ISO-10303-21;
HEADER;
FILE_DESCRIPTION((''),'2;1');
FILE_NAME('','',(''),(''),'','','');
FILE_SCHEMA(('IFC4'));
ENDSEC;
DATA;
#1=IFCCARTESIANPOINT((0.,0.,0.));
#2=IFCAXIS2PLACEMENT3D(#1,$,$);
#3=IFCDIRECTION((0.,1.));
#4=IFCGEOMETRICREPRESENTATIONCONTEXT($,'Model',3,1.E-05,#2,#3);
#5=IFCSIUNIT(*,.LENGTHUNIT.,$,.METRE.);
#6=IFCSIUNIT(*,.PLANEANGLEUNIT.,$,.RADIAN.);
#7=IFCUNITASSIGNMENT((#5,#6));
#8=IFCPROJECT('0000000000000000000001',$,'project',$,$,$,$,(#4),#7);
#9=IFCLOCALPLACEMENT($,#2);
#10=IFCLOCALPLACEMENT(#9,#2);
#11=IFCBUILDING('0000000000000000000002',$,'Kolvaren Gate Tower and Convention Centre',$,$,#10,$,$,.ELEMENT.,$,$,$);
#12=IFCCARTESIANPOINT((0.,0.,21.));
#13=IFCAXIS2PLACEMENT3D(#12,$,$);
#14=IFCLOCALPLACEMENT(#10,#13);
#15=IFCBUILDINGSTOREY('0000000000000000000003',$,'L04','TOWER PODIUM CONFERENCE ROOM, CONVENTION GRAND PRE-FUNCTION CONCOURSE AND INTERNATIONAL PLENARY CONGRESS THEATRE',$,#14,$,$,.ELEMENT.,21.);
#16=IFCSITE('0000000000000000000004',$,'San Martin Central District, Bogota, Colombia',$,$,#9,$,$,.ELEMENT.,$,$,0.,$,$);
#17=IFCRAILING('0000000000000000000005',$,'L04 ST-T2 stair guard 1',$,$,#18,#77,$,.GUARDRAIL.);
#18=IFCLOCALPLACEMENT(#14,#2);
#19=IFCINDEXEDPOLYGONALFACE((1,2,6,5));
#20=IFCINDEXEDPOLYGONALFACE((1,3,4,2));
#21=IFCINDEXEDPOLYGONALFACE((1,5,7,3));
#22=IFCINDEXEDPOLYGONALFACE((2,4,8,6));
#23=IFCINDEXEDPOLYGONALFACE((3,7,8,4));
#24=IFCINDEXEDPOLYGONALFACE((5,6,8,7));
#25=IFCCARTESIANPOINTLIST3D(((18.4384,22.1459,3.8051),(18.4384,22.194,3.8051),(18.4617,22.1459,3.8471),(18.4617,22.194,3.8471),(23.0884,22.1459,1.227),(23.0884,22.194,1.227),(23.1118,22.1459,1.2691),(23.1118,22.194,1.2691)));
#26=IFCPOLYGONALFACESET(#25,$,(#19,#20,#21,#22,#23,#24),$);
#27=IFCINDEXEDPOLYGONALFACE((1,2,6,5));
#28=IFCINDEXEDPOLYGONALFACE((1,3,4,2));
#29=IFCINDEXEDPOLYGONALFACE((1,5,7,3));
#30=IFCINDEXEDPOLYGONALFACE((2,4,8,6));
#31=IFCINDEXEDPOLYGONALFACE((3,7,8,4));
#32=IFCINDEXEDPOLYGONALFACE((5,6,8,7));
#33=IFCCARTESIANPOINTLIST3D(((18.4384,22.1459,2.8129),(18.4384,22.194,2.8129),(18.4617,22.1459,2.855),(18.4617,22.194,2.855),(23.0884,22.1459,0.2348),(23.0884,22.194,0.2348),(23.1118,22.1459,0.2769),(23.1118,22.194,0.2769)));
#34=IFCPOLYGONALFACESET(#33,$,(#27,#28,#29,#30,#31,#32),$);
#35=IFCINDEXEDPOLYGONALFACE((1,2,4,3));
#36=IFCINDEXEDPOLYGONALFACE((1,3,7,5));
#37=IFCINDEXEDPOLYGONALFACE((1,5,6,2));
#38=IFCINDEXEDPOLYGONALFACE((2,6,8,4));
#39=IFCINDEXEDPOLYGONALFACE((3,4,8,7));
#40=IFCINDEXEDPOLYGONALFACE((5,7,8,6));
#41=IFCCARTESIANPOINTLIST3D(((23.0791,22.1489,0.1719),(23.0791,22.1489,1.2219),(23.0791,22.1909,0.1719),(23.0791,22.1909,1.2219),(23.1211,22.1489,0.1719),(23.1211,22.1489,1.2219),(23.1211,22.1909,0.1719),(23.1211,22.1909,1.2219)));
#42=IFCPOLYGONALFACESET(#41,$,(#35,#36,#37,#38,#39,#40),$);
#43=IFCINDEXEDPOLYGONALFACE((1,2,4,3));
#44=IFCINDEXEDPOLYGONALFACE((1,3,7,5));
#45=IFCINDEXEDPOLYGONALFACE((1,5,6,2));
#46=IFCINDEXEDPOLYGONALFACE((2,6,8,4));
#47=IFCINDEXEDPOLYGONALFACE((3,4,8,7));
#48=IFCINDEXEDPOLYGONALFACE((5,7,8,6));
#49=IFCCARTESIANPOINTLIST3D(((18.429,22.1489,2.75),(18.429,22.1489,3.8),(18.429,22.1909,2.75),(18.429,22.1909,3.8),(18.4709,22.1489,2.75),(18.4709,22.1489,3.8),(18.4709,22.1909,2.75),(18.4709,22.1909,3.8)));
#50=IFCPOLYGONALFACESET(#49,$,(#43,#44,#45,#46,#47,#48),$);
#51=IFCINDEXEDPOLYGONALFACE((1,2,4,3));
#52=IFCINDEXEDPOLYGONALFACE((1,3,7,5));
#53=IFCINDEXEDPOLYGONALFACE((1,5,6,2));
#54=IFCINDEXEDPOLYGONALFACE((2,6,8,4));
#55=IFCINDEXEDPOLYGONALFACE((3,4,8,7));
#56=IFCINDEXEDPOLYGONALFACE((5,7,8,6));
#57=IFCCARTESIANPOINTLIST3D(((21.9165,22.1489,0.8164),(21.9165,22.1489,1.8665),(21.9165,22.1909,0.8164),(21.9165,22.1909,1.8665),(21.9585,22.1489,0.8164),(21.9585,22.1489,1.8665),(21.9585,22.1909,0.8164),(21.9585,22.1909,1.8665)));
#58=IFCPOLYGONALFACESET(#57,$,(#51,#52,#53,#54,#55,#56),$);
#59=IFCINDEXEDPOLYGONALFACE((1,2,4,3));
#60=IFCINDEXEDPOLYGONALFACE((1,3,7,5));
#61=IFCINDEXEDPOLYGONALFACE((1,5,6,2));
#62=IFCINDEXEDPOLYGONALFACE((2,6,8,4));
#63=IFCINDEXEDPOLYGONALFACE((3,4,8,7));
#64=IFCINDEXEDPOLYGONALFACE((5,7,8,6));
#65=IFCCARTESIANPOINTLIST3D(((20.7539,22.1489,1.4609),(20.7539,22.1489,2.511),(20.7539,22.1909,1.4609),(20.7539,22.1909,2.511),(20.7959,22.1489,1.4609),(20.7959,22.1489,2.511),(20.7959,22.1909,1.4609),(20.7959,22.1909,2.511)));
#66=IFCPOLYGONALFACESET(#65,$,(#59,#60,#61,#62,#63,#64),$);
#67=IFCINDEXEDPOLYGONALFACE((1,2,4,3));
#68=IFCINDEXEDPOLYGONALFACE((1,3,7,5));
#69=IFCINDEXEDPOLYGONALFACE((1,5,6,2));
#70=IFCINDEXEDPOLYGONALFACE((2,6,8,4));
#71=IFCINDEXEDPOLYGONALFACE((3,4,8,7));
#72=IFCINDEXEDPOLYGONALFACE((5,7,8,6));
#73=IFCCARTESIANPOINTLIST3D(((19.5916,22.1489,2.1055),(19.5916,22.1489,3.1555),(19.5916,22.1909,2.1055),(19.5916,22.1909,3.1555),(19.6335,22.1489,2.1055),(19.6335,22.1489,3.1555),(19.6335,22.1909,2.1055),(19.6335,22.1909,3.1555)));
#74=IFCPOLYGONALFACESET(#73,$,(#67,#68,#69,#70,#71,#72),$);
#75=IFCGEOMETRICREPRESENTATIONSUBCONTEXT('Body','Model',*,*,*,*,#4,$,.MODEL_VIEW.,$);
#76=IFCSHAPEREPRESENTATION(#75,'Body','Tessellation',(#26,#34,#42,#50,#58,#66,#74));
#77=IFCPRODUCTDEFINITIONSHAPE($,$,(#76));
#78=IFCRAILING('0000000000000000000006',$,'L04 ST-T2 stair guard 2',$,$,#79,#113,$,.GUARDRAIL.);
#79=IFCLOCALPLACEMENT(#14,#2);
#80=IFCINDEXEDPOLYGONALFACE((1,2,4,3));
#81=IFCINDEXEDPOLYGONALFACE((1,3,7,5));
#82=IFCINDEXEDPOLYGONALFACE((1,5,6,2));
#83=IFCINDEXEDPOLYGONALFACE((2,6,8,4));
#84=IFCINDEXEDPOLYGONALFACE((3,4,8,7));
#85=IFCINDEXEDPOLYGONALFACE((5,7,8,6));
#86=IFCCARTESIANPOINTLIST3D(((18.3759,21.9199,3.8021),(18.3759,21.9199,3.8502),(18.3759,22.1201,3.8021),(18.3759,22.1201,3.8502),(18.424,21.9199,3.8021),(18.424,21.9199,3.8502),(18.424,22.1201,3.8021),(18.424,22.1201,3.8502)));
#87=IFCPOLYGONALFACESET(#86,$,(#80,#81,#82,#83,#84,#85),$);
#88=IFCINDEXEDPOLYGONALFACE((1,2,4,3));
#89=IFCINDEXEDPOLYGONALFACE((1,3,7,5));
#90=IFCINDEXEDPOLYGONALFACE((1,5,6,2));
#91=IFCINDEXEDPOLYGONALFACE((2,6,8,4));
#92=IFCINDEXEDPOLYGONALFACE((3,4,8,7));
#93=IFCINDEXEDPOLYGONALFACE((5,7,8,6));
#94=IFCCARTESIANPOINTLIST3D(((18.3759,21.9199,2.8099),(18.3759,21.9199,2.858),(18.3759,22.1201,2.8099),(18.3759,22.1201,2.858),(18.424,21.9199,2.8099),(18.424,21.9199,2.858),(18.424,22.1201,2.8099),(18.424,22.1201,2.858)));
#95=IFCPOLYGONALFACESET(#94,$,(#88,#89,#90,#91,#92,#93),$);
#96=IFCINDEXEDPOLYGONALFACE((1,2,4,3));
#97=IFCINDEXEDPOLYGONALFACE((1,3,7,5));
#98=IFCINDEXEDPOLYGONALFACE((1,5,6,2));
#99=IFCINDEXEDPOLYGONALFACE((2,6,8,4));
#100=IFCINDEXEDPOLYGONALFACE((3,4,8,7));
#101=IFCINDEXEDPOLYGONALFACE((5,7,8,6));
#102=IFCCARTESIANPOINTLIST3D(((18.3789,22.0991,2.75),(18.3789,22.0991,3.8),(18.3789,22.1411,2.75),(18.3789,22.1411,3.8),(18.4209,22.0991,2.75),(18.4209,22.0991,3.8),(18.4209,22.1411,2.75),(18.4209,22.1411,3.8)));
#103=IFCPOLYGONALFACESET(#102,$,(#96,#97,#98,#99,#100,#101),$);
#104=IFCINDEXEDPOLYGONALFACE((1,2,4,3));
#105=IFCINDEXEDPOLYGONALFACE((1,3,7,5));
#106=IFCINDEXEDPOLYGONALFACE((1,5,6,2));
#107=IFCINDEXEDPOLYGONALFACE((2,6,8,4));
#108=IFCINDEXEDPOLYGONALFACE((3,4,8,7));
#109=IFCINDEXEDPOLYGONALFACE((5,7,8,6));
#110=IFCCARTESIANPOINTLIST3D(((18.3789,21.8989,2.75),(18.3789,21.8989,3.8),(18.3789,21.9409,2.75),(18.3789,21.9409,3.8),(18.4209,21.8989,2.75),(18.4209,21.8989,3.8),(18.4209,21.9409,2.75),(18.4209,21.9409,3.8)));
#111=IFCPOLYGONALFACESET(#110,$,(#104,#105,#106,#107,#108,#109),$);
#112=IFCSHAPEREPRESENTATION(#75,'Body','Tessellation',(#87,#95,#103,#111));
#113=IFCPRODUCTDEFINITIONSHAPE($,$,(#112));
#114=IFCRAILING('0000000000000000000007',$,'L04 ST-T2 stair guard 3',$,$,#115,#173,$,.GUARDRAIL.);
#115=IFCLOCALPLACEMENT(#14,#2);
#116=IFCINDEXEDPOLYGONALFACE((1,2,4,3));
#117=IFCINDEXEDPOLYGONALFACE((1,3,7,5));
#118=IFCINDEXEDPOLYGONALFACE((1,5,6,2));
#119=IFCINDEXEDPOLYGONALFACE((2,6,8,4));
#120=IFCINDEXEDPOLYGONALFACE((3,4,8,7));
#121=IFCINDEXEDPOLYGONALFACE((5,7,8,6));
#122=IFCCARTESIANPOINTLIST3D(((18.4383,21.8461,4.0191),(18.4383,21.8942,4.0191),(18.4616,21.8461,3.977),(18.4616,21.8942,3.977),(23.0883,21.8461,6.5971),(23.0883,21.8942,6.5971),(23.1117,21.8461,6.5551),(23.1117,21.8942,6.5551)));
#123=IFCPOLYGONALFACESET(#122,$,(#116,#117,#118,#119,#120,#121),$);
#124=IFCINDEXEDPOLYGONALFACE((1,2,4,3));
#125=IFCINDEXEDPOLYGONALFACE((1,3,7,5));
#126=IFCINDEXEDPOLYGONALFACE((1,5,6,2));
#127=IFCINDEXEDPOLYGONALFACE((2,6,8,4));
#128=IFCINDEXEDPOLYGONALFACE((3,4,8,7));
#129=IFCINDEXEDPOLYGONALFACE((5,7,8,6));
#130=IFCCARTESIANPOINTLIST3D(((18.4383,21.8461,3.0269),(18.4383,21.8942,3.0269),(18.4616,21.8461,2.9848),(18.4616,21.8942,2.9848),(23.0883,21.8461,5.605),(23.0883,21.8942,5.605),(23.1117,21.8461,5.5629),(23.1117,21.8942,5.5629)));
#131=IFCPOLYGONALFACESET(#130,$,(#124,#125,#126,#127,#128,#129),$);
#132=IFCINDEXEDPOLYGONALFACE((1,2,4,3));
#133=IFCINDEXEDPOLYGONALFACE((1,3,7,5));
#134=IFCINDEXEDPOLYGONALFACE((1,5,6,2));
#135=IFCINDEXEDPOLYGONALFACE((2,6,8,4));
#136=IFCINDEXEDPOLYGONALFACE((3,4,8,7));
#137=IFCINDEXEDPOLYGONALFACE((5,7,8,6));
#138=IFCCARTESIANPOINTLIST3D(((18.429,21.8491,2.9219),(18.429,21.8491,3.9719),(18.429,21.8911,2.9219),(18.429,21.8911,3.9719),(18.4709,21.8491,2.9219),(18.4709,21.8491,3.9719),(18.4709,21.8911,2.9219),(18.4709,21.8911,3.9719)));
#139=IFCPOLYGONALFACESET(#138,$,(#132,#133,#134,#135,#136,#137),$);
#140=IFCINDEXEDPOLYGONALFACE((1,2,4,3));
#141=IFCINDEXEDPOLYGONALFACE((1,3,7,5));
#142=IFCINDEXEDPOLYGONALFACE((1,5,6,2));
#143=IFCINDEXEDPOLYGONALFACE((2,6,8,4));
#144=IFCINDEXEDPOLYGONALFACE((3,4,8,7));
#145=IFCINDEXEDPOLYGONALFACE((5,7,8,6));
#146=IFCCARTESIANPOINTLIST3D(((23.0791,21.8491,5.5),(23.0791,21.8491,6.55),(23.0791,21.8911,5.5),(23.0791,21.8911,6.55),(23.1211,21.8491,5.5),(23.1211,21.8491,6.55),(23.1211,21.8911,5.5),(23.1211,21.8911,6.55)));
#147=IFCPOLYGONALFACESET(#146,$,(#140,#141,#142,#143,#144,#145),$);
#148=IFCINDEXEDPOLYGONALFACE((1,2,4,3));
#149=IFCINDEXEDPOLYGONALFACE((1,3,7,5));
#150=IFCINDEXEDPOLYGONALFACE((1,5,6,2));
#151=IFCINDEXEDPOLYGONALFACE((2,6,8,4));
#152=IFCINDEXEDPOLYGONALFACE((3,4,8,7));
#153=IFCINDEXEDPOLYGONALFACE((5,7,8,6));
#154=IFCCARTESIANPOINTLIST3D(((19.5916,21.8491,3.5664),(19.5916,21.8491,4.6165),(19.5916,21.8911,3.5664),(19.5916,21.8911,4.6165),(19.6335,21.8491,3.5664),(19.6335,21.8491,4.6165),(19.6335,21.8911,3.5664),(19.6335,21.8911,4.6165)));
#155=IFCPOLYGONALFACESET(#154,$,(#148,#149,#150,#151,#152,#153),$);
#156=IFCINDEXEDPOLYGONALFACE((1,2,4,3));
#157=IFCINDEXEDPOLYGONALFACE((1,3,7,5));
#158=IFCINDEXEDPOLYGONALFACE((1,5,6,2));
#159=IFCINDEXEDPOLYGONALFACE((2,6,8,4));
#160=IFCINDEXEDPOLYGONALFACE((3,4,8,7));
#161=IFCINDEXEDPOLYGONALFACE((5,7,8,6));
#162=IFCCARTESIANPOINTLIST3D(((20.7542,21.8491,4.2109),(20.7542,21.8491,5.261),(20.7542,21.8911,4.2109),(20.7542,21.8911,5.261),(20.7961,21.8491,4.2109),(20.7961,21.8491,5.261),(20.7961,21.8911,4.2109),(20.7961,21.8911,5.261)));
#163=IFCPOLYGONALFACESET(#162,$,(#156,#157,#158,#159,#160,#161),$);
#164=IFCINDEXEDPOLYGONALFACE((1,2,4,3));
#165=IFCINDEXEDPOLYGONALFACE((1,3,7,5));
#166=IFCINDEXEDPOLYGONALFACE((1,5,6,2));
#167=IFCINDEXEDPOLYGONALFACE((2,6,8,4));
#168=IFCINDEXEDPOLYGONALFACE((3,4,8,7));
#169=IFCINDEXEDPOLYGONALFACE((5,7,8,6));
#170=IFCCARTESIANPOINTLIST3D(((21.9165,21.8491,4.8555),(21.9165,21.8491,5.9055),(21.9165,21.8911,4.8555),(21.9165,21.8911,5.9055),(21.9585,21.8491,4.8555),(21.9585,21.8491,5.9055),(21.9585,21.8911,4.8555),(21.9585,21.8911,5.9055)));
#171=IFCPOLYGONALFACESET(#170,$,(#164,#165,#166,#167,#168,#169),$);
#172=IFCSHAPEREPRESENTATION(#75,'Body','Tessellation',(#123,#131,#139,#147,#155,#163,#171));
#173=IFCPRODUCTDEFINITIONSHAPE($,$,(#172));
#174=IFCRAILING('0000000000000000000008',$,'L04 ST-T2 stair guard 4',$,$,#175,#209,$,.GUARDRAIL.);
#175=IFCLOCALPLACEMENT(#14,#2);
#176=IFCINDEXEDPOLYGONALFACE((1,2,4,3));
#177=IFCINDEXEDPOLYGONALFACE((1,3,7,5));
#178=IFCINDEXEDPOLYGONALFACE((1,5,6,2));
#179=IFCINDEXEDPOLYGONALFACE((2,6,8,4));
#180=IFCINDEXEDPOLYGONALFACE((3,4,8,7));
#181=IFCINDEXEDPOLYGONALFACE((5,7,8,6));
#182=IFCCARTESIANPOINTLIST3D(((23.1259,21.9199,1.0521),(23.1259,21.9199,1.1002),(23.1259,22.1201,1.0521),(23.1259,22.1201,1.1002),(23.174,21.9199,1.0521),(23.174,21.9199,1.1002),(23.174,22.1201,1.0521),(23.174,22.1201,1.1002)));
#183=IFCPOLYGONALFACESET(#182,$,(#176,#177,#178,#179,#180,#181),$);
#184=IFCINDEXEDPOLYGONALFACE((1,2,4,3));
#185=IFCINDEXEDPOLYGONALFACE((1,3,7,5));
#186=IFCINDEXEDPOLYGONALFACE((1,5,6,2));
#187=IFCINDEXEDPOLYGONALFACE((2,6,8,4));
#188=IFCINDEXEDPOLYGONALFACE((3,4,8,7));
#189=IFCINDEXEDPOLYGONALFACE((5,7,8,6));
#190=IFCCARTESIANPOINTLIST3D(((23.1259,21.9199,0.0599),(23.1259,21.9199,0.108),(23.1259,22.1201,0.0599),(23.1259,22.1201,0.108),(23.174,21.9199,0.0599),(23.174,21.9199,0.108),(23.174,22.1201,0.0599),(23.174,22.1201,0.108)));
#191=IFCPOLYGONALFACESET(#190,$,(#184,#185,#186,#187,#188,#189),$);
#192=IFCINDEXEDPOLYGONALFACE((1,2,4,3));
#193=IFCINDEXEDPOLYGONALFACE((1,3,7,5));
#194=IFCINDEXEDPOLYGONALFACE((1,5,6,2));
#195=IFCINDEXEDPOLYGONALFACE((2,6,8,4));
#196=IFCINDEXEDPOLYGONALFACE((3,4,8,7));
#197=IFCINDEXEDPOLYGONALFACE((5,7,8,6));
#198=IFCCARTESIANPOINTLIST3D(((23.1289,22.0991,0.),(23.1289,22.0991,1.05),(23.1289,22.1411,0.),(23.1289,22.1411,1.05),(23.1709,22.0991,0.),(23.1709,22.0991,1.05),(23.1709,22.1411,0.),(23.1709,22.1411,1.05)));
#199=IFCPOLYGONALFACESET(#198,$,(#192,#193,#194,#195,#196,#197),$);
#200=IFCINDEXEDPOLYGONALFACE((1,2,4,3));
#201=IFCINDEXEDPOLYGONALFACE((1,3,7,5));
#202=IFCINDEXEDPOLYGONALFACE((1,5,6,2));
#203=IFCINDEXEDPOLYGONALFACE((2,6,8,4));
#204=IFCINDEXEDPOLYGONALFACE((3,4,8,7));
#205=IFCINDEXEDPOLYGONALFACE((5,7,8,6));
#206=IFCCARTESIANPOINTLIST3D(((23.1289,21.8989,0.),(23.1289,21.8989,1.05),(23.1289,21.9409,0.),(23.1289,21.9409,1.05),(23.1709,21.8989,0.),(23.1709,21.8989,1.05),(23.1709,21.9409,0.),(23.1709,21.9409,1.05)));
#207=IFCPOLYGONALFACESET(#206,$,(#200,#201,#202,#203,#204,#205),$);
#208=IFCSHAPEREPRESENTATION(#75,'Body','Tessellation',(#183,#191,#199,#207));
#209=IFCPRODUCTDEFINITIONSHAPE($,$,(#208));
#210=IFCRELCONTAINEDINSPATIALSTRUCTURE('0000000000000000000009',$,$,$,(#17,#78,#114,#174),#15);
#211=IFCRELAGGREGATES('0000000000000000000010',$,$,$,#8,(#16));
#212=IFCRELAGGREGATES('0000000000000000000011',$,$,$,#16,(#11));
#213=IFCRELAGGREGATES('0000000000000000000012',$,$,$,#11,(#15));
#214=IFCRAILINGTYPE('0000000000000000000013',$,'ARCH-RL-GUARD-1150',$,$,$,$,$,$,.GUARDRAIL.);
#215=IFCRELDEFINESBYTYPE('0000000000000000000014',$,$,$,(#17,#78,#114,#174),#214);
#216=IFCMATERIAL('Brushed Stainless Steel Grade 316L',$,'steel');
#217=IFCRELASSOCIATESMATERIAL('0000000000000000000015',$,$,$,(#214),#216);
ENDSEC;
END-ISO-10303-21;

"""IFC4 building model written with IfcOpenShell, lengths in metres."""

from ifc_helpers import new_model, si_unit, direction, frame, origin, origin_2d, place, context, subcontext, project, spatial, rectangle, extrude, material, type_object, element, save


model = new_model("IFC4")

# Units and contexts
model_context = context("Model", 3, precision=1e-05, world=origin(), true_north=direction((0.0, 1.0)))
body_context = subcontext(model_context, "Body", "Model", "MODEL_VIEW")
ifc_project = project(units=[si_unit("LENGTHUNIT", "METRE"), si_unit("PLANEANGLEUNIT", "RADIAN")], contexts=[model_context])

# Site, building, storey
site_placement = place(None, origin())
site = spatial("IfcSite", under=ifc_project, at=site_placement, Name="San Martin Central District, Bogota, Colombia", CompositionType="ELEMENT", RefElevation=0.0)
building_placement = place(site_placement, origin())
building = spatial("IfcBuilding", under=site, at=building_placement, Name="Kolvaren Gate Tower and Convention Centre", CompositionType="ELEMENT")
storey_placement = place(building_placement, frame((0.0, 0.0, 21.0)))
storey = spatial("IfcBuildingStorey", under=building, at=storey_placement, Name="L04", Description="TOWER PODIUM CONFERENCE ROOM, CONVENTION GRAND PRE-FUNCTION CONCOURSE AND INTERNATIONAL PLENARY CONGRESS THEATRE", CompositionType="ELEMENT", Elevation=21.0)

# Shared definitions
ifc_material_1 = material(Name="Brushed Stainless Steel Grade 316L", Category="steel")

# Railings
railing_type_1 = type_object("IfcRailingType", Name="ARCH-RL-GUARD-1150", PredefinedType="GUARDRAIL", material=ifc_material_1)
railing_1_placement = place(storey_placement, frame((23.1001, 22.1699, 0.1719)))
element("IfcRailing", 1, at=railing_1_placement, inside=storey, type_object=railing_type_1, Name="L04 ST-T2 stair guard 1", PredefinedType="GUARDRAIL", context=body_context, shape_type="SweptSolid", body=[
    extrude(rectangle(XDim=0.0481, YDim=0.0481, at=origin_2d()), frame((0.0, 0.0, 1.0762), z_axis=(-0.874579, 0.0, 0.484883), x_axis=(0.0, -1.0, 0.0)), (0.0, 0.0, 1.0), 5.3169),
    extrude(rectangle(XDim=0.0481, YDim=0.0481, at=origin_2d()), frame((0.0, 0.0, 0.084), z_axis=(-0.874579, 0.0, 0.484883), x_axis=(0.0, -1.0, 0.0)), (0.0, 0.0, 1.0), 5.3169),
    extrude(rectangle(XDim=0.042, YDim=0.042, at=origin_2d()), origin(), (0.0, 0.0, 1.0), 1.05),
    extrude(rectangle(XDim=0.042, YDim=0.042, at=origin_2d()), frame((-4.6501, 0.0, 2.5781)), (0.0, 0.0, 1.0), 1.05),
    extrude(rectangle(XDim=0.042, YDim=0.042, at=origin_2d()), frame((-1.1626, 0.0, 0.6445)), (0.0, 0.0, 1.0), 1.05),
    extrude(rectangle(XDim=0.042, YDim=0.042, at=origin_2d()), frame((-2.3252, 0.0, 1.2891)), (0.0, 0.0, 1.0), 1.05),
    extrude(rectangle(XDim=0.042, YDim=0.042, at=origin_2d()), frame((-3.4875, 0.0, 1.9336)), (0.0, 0.0, 1.0), 1.05),
])
railing_2_placement = place(storey_placement, frame((18.3999, 22.1201, 2.75)))
element("IfcRailing", 2, at=railing_2_placement, inside=storey, type_object=railing_type_1, Name="L04 ST-T2 stair guard 2", PredefinedType="GUARDRAIL", context=body_context, shape_type="SweptSolid", body=[
    extrude(rectangle(XDim=0.0481, YDim=0.0481, at=origin_2d()), frame((0.0, 0.0, 1.0762), z_axis=(0.0, -1.0, 0.0), x_axis=(1.0, 0.0, 0.0)), (0.0, 0.0, 1.0), 0.2002),
    extrude(rectangle(XDim=0.0481, YDim=0.0481, at=origin_2d()), frame((0.0, 0.0, 0.084), z_axis=(0.0, -1.0, 0.0), x_axis=(1.0, 0.0, 0.0)), (0.0, 0.0, 1.0), 0.2002),
    extrude(rectangle(XDim=0.042, YDim=0.042, at=origin_2d()), origin(), (0.0, 0.0, 1.0), 1.05),
    extrude(rectangle(XDim=0.042, YDim=0.042, at=origin_2d()), frame((0.0, -0.2002, 0.0)), (0.0, 0.0, 1.0), 1.05),
])
railing_3_placement = place(storey_placement, frame((18.45, 21.8701, 2.9219)))
element("IfcRailing", 3, at=railing_3_placement, inside=storey, type_object=railing_type_1, Name="L04 ST-T2 stair guard 3", PredefinedType="GUARDRAIL", context=body_context, shape_type="SweptSolid", body=[
    extrude(rectangle(XDim=0.0481, YDim=0.0481, at=origin_2d()), frame((0.0, 0.0, 1.0762), z_axis=(0.874579, 0.0, 0.484883), x_axis=(0.0, 1.0, 0.0)), (0.0, 0.0, 1.0), 5.3169),
    extrude(rectangle(XDim=0.0481, YDim=0.0481, at=origin_2d()), frame((0.0, 0.0, 0.084), z_axis=(0.874579, 0.0, 0.484883), x_axis=(0.0, 1.0, 0.0)), (0.0, 0.0, 1.0), 5.3169),
    extrude(rectangle(XDim=0.042, YDim=0.042, at=origin_2d()), origin(), (0.0, 0.0, 1.0), 1.05),
    extrude(rectangle(XDim=0.042, YDim=0.042, at=origin_2d()), frame((4.6501, 0.0, 2.5781)), (0.0, 0.0, 1.0), 1.05),
    extrude(rectangle(XDim=0.042, YDim=0.042, at=origin_2d()), frame((1.1626, 0.0, 0.6445)), (0.0, 0.0, 1.0), 1.05),
    extrude(rectangle(XDim=0.042, YDim=0.042, at=origin_2d()), frame((2.3252, 0.0, 1.2891)), (0.0, 0.0, 1.0), 1.05),
    extrude(rectangle(XDim=0.042, YDim=0.042, at=origin_2d()), frame((3.4875, 0.0, 1.9336)), (0.0, 0.0, 1.0), 1.05),
])
railing_4_placement = place(storey_placement, frame((23.1499, 22.1201, 0.0)))
element("IfcRailing", 4, at=railing_4_placement, inside=storey, type_object=railing_type_1, Name="L04 ST-T2 stair guard 4", PredefinedType="GUARDRAIL", context=body_context, shape_type="SweptSolid", body=[
    extrude(rectangle(XDim=0.0481, YDim=0.0481, at=origin_2d()), frame((0.0, 0.0, 1.0762), z_axis=(0.0, -1.0, 0.0), x_axis=(1.0, 0.0, 0.0)), (0.0, 0.0, 1.0), 0.2002),
    extrude(rectangle(XDim=0.0481, YDim=0.0481, at=origin_2d()), frame((0.0, 0.0, 0.084), z_axis=(0.0, -1.0, 0.0), x_axis=(1.0, 0.0, 0.0)), (0.0, 0.0, 1.0), 0.2002),
    extrude(rectangle(XDim=0.042, YDim=0.042, at=origin_2d()), origin(), (0.0, 0.0, 1.0), 1.05),
    extrude(rectangle(XDim=0.042, YDim=0.042, at=origin_2d()), frame((0.0, -0.2002, 0.0)), (0.0, 0.0, 1.0), 1.05),
])

save(model, "model.ifc")
